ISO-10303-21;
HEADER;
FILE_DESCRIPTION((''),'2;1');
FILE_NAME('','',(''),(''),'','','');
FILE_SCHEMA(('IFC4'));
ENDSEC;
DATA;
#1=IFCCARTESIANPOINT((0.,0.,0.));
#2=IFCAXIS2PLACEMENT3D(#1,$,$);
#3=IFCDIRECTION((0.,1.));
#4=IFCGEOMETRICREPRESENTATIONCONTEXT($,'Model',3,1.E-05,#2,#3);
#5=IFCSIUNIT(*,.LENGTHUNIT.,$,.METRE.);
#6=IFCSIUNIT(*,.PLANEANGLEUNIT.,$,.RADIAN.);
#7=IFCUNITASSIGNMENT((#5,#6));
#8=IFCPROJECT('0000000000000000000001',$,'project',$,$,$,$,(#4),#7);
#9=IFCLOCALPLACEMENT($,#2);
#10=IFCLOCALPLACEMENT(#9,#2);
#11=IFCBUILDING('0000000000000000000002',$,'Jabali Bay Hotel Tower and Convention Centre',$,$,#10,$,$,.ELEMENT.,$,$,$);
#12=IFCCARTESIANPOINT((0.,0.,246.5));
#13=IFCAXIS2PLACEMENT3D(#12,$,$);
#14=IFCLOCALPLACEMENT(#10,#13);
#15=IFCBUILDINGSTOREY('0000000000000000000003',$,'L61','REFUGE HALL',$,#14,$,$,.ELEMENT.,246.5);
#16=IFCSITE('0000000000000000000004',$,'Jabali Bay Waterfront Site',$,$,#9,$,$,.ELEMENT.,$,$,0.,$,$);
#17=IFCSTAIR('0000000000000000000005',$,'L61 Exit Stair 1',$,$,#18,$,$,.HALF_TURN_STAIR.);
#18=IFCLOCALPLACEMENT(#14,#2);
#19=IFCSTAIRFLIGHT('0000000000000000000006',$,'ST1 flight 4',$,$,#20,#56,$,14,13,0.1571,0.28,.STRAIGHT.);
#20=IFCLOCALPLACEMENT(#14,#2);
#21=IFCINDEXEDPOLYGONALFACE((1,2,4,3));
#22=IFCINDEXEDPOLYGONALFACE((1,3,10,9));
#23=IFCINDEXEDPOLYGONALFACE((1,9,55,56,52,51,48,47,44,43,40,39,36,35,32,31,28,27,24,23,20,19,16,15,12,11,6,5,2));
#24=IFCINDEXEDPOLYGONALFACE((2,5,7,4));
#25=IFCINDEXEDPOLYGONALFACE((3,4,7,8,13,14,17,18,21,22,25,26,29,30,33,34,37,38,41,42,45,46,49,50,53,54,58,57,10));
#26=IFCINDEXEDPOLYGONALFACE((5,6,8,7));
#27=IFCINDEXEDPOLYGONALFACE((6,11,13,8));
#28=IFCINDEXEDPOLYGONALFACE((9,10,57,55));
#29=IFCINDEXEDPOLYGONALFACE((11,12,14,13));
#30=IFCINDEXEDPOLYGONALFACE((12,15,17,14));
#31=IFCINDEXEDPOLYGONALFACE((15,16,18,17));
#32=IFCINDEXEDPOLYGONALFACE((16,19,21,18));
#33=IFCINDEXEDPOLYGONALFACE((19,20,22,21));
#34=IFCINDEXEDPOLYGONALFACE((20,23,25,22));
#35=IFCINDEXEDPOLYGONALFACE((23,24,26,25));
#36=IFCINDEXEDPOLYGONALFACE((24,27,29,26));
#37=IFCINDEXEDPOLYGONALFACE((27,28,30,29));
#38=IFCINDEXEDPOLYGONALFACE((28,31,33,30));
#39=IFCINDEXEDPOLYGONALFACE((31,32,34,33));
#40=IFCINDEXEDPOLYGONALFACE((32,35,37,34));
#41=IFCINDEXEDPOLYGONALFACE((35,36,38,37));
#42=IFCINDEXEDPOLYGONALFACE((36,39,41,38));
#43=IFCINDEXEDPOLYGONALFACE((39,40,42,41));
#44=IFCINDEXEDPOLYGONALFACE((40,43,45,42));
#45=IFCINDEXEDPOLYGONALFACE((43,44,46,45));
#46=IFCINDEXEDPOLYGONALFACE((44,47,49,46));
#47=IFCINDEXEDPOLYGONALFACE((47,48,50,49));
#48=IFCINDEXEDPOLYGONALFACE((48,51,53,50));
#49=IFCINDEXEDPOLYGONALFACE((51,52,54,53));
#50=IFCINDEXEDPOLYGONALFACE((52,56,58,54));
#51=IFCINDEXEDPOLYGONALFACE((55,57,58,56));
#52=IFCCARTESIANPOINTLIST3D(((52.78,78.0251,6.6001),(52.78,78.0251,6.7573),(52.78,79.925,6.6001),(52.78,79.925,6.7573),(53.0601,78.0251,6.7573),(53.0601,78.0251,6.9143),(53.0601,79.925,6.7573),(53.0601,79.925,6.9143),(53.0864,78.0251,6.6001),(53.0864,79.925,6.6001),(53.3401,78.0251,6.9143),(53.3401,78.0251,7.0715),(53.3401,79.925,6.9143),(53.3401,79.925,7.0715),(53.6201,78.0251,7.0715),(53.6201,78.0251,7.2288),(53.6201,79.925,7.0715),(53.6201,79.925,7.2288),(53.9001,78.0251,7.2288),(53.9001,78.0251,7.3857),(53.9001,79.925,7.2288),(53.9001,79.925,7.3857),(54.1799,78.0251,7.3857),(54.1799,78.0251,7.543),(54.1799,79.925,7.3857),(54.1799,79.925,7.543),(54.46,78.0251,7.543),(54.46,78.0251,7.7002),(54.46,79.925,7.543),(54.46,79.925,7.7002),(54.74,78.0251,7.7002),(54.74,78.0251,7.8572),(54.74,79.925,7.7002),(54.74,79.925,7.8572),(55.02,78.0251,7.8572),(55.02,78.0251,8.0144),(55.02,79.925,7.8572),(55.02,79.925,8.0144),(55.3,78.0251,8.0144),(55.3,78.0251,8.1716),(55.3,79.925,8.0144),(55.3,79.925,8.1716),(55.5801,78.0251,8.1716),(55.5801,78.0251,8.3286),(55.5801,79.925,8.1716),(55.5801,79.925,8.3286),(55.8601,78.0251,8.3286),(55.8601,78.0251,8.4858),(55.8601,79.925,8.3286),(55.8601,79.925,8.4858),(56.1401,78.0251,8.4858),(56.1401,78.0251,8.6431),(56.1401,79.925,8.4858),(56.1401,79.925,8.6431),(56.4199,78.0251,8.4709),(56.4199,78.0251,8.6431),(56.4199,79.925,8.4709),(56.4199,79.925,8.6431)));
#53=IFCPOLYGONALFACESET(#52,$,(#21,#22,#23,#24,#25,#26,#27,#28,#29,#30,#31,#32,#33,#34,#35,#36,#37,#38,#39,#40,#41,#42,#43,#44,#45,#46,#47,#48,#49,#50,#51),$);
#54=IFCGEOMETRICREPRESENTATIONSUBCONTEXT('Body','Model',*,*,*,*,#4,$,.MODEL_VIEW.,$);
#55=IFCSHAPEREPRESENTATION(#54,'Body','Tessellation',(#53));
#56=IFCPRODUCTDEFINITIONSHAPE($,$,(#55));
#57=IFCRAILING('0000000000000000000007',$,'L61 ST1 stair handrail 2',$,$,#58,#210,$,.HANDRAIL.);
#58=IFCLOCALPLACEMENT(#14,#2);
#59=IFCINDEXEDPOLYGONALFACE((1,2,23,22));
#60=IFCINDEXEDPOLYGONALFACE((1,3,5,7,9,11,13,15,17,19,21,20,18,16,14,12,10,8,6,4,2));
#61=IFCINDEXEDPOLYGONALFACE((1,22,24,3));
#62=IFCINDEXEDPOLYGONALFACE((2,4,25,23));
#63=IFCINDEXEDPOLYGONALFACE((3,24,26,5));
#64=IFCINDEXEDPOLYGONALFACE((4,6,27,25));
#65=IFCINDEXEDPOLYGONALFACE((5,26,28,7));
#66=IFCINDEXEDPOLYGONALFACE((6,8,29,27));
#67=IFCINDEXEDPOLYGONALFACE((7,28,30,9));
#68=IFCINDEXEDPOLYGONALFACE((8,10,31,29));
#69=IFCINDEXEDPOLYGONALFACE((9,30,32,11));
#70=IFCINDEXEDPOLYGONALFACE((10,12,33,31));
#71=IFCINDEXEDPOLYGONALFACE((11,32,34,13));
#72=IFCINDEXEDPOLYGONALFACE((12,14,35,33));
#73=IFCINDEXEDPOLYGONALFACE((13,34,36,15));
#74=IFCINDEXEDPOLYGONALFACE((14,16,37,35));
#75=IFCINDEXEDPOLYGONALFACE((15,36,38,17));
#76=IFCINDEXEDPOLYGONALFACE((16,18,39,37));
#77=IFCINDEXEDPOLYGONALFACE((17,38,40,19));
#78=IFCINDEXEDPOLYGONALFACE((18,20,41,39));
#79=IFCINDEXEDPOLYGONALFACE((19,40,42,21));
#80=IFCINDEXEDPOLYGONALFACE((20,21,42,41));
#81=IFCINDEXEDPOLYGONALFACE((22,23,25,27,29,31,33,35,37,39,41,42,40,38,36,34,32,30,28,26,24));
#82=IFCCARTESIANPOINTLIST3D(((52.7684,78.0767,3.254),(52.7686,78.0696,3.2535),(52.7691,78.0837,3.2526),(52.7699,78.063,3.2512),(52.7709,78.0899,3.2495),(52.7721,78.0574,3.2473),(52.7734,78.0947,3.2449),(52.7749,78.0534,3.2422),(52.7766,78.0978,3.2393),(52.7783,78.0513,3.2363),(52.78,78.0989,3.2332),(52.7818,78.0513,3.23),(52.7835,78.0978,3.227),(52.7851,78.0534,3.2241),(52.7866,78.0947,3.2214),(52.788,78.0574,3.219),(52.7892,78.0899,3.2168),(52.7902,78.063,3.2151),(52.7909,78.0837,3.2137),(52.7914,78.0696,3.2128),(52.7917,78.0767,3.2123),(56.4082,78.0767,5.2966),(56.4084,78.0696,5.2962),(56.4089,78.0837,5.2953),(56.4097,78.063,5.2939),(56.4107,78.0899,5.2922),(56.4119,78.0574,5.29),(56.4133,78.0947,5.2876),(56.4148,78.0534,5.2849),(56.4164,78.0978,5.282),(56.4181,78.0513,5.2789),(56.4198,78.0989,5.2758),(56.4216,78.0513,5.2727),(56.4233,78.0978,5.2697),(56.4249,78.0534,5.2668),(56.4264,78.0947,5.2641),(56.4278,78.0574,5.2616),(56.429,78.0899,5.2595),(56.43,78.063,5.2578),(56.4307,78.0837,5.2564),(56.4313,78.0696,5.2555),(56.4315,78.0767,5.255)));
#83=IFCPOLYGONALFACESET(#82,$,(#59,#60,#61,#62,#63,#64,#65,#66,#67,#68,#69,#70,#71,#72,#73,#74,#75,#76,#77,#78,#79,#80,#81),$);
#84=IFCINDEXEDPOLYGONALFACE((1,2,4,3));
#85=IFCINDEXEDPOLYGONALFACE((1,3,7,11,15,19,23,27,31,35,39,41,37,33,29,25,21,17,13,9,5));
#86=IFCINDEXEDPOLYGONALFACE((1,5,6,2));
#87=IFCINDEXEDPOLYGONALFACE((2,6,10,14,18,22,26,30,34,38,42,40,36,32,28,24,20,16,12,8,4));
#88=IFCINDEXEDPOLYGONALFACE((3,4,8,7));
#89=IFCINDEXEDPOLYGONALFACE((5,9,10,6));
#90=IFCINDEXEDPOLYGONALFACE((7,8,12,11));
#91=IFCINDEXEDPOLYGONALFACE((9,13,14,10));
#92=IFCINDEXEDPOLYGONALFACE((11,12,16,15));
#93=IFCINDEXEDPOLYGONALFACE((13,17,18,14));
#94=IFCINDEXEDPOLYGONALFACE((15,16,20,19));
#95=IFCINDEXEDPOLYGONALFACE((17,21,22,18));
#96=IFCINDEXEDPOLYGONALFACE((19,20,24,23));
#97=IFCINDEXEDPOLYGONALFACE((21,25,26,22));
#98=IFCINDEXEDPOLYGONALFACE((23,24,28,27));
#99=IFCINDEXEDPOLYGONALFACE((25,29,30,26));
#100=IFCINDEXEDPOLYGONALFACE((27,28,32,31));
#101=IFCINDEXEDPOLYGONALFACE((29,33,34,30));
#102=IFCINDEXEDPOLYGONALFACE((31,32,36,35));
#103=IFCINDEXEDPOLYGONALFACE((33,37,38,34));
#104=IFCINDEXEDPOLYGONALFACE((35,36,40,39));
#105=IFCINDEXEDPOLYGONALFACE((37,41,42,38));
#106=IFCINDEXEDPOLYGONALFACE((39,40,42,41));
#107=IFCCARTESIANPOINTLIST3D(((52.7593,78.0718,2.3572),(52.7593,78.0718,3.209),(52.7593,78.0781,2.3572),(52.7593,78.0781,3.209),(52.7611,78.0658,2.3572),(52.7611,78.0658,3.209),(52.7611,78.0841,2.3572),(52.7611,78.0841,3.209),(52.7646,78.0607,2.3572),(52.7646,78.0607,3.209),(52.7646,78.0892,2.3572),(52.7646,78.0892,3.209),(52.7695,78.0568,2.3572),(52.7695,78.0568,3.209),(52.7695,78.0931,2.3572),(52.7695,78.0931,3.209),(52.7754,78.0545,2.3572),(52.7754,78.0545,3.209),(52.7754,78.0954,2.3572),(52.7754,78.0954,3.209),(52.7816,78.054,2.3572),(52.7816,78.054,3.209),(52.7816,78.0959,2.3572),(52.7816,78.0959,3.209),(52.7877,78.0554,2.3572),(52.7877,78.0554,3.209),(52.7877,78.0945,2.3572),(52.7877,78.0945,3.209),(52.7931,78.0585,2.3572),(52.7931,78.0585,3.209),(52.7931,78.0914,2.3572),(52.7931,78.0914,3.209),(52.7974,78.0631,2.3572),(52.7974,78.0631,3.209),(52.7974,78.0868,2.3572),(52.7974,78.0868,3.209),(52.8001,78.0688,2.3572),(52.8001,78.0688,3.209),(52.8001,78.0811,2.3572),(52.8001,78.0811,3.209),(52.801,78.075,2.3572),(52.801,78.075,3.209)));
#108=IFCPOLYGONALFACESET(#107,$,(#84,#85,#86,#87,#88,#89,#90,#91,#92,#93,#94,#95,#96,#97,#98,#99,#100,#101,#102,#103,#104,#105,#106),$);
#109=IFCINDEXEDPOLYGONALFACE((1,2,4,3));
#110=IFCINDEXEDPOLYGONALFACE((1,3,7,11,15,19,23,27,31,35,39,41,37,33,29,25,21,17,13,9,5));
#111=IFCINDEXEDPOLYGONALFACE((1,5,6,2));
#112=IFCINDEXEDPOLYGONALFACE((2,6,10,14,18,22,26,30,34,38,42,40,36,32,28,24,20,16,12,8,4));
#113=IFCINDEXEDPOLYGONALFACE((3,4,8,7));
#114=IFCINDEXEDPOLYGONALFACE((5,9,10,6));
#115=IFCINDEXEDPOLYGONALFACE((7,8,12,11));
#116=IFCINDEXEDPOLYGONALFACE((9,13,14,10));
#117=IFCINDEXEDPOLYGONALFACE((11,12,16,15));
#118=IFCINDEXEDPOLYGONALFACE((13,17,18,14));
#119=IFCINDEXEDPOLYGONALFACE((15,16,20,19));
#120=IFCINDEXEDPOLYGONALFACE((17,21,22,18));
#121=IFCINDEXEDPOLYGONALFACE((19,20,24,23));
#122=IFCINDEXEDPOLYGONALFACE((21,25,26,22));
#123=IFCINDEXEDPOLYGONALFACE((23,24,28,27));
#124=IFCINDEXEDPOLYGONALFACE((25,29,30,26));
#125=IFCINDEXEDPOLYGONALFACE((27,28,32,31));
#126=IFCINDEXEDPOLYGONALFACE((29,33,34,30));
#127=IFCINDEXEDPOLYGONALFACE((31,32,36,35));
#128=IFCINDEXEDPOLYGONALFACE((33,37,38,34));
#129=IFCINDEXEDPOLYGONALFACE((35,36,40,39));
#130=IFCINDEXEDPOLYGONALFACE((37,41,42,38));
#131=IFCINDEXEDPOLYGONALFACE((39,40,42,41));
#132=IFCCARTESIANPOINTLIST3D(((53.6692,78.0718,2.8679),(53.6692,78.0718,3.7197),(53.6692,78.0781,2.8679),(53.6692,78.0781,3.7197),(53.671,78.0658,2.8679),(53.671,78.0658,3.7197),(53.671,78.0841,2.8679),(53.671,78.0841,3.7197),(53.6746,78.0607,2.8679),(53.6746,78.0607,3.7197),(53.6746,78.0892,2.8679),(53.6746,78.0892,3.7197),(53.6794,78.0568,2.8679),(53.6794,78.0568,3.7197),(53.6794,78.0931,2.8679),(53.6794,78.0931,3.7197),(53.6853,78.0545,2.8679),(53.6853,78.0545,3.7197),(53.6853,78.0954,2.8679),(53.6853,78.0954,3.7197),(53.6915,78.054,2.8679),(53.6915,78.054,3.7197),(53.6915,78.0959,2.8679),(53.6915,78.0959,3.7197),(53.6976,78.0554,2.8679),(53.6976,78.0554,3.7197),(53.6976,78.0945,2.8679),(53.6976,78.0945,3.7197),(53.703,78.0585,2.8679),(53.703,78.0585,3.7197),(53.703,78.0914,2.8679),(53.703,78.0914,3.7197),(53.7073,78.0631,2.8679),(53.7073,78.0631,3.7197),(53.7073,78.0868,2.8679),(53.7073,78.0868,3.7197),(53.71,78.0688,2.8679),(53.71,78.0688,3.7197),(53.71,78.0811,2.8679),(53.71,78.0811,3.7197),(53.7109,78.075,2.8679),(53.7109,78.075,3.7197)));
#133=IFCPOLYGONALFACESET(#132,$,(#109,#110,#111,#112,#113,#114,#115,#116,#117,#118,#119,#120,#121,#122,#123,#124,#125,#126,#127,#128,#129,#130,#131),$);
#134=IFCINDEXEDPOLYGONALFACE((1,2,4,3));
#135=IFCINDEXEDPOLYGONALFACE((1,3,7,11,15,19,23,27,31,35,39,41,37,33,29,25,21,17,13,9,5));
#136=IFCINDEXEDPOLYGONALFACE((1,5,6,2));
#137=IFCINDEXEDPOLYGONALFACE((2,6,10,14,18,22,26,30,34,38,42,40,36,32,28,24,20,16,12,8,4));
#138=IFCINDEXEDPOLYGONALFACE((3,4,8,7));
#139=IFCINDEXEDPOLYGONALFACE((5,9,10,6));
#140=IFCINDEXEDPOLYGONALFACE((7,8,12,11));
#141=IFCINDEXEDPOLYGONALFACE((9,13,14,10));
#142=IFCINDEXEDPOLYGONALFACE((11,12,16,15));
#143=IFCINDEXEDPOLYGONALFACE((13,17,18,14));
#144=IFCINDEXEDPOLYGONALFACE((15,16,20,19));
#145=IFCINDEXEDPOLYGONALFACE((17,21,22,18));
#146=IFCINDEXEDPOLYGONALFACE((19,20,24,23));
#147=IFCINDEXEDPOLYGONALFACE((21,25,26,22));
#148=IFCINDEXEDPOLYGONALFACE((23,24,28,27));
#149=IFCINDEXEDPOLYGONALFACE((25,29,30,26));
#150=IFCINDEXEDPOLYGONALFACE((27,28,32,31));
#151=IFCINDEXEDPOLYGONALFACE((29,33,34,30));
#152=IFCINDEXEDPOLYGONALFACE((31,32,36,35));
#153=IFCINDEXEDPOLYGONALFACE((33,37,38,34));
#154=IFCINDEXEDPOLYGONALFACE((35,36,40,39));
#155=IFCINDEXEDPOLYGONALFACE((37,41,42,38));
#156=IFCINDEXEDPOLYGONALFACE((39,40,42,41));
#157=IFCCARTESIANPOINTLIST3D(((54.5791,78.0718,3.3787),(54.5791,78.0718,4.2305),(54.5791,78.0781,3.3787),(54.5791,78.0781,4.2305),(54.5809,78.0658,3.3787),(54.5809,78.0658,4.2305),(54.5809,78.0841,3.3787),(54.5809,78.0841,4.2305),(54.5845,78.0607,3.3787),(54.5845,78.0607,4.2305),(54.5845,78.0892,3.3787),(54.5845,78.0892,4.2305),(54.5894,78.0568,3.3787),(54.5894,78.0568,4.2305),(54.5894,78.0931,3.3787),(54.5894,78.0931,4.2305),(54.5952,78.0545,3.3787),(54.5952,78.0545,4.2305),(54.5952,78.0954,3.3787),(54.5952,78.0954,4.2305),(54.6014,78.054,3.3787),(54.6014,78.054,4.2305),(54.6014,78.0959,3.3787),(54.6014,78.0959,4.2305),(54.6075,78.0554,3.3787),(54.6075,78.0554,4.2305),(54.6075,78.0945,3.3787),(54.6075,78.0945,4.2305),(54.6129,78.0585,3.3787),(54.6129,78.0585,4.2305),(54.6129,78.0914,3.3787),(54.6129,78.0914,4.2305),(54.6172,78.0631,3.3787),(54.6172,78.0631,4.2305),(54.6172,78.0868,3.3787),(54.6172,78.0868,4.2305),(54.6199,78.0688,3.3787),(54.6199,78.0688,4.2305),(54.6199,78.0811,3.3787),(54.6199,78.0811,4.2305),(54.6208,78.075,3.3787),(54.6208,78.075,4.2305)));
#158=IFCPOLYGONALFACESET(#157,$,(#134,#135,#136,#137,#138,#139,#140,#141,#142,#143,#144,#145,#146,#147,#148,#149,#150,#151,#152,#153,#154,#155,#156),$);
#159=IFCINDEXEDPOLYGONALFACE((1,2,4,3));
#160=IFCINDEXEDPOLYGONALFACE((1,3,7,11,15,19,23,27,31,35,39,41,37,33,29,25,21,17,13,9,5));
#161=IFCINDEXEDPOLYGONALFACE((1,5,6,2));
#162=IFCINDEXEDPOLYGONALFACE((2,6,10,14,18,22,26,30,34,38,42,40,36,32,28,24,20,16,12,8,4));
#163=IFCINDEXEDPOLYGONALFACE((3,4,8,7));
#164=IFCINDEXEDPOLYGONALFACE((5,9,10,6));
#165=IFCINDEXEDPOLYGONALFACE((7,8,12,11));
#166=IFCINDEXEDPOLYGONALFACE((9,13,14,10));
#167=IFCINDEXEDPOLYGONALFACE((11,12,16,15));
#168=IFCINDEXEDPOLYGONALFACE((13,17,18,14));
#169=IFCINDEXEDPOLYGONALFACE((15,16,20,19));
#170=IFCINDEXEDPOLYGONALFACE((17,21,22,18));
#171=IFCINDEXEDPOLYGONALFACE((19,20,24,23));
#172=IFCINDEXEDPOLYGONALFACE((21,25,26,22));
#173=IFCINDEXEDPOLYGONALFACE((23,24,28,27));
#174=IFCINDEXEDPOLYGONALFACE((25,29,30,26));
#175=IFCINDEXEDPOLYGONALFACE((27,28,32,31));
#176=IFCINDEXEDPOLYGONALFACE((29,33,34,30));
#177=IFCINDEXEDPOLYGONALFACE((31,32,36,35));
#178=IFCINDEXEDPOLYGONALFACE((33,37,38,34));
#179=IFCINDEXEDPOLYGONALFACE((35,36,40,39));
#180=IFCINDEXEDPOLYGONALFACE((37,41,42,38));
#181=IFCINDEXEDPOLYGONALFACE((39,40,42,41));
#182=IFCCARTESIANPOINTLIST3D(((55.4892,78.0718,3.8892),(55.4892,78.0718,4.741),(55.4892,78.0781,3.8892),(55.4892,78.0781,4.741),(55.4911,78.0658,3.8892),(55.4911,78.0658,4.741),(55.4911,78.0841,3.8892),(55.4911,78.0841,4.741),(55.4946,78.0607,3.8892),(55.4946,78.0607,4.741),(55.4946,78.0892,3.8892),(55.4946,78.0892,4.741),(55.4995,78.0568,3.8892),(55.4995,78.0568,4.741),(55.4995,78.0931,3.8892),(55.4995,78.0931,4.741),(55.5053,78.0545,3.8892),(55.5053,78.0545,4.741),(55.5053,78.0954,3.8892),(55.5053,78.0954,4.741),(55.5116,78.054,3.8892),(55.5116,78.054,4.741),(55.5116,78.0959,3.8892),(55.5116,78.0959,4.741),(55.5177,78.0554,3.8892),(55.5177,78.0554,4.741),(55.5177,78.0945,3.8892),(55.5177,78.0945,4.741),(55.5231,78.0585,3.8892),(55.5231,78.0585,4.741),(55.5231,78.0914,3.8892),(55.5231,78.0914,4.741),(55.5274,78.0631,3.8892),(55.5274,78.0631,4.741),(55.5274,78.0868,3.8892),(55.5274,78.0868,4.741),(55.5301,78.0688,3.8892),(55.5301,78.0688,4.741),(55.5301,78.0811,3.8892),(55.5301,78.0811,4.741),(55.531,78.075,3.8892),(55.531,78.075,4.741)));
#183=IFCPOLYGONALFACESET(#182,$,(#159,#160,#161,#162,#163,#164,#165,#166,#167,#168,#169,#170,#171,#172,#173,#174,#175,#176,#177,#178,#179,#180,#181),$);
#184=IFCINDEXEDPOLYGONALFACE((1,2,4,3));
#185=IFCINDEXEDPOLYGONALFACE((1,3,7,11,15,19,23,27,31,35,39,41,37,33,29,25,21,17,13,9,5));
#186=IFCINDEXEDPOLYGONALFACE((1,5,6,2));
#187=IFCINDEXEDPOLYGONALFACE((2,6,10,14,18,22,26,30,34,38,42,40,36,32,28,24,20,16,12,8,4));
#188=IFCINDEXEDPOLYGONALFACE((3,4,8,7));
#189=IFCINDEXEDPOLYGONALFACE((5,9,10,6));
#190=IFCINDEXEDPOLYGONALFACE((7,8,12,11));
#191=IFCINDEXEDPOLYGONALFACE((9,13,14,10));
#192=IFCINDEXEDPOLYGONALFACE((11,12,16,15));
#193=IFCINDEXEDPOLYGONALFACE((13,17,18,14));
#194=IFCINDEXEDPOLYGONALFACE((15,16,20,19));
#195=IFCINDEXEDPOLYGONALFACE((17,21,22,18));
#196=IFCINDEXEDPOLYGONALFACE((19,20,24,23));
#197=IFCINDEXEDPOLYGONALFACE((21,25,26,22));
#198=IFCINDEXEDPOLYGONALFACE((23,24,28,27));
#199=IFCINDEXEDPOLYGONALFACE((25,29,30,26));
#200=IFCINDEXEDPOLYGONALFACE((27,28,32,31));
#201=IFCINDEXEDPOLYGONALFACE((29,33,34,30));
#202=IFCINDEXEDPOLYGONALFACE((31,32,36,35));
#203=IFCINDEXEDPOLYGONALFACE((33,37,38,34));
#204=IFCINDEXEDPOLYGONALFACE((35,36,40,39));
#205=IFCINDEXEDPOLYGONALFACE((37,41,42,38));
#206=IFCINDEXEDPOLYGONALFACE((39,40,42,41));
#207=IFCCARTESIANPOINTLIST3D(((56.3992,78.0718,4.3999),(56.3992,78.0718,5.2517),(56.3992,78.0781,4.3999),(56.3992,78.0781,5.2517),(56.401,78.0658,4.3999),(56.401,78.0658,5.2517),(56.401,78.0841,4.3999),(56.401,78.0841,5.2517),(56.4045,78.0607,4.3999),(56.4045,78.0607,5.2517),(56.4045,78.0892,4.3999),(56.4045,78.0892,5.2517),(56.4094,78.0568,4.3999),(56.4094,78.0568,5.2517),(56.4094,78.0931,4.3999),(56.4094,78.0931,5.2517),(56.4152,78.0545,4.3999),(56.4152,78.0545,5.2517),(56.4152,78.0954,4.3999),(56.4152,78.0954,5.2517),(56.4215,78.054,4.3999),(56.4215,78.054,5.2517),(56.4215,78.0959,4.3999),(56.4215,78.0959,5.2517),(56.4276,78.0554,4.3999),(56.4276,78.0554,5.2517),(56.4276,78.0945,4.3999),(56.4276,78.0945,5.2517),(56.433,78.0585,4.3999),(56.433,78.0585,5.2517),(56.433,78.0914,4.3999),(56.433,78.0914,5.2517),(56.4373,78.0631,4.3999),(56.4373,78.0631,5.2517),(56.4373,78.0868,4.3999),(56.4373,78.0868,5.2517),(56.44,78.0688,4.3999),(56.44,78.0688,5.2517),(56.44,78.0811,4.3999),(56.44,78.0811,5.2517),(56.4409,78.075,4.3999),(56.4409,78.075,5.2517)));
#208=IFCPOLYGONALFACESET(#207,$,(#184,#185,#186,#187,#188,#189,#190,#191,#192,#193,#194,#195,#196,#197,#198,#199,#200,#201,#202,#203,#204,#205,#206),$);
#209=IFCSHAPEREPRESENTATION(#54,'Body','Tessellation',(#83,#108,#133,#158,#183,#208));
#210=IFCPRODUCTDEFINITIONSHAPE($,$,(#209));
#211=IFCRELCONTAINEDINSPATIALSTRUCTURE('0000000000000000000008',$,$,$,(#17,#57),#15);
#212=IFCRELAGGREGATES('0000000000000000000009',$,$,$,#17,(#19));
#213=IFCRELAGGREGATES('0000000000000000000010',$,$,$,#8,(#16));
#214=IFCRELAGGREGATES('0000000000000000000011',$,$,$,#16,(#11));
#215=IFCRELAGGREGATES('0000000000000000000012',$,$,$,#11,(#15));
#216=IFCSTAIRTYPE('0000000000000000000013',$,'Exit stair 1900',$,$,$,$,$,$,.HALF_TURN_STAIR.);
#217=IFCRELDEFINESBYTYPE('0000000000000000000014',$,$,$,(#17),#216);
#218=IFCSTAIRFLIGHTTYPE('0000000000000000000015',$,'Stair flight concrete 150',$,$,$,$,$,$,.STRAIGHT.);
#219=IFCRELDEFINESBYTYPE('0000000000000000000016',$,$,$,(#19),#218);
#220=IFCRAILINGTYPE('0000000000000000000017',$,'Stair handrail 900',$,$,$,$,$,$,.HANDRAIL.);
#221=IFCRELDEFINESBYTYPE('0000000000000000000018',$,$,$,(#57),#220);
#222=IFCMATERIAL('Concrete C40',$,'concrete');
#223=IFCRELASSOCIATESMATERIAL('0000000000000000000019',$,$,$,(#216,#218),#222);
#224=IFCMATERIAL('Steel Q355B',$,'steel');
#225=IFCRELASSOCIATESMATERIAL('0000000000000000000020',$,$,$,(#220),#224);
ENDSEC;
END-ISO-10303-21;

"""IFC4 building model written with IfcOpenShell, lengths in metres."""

from ifc_helpers import new_model, si_unit, direction, frame, origin, origin_2d, place, context, subcontext, project, spatial, polyline, circle, outline, extrude, material, type_object, element, aggregate, save


model = new_model("IFC4")

# Units and contexts
model_context = context("Model", 3, precision=1e-05, world=origin(), true_north=direction((0.0, 1.0)))
body_context = subcontext(model_context, "Body", "Model", "MODEL_VIEW")
ifc_project = project(units=[si_unit("LENGTHUNIT", "METRE"), si_unit("PLANEANGLEUNIT", "RADIAN")], contexts=[model_context])

# Site, building, storey
site_placement = place(None, origin())
site = spatial("IfcSite", under=ifc_project, at=site_placement, Name="Jabali Bay Waterfront Site", CompositionType="ELEMENT", RefElevation=0.0)
building_placement = place(site_placement, origin())
building = spatial("IfcBuilding", under=site, at=building_placement, Name="Jabali Bay Hotel Tower and Convention Centre", CompositionType="ELEMENT")
storey_placement = place(building_placement, frame((0.0, 0.0, 246.5)))
storey = spatial("IfcBuildingStorey", under=building, at=storey_placement, Name="L61", Description="REFUGE HALL", CompositionType="ELEMENT", Elevation=246.5)

# Shared definitions
ifc_material_1 = material(Name="Concrete C40", Category="concrete")

# Stair
stair_type = type_object("IfcStairType", Name="Exit stair 1900", PredefinedType="HALF_TURN_STAIR", material=ifc_material_1)
stair_1_placement = place(storey_placement, origin())
stair_1 = element("IfcStair", 1, at=stair_1_placement, inside=storey, type_object=stair_type, Name="L61 Exit Stair 1", PredefinedType="HALF_TURN_STAIR")

# Stair flight
stair_flight_type = type_object("IfcStairFlightType", Name="Stair flight concrete 150", PredefinedType="STRAIGHT", material=ifc_material_1)
stair_flight_1_placement = place(storey_placement, frame((52.78, 78.9751, 6.6001), z_axis=(0.0, 0.0, 1.0), x_axis=(1.0, 0.0, 0.0)))
stair_flight_1 = element("IfcStairFlight", 2, at=stair_flight_1_placement, type_object=stair_flight_type, Name="ST1 flight 4", NumberOfRisers=14, NumberOfTreads=13, PredefinedType="STRAIGHT", RiserHeight=0.1571, TreadLength=0.28, context=body_context, shape_type="SweptSolid", body=[
    extrude(outline(polyline([(0.0, 0.0), (0.0, 0.1572), (0.28, 0.1572), (0.28, 0.3142), (0.5601, 0.3142), (0.5601, 0.4714), (0.8401, 0.4714), (0.8401, 0.6287), (1.1201, 0.6287), (1.1201, 0.7856), (1.3999, 0.7856), (1.3999, 0.9429), (1.6799, 0.9429), (1.6799, 1.1001), (1.96, 1.1001), (1.96, 1.2571), (2.24, 1.2571), (2.24, 1.4143), (2.52, 1.4143), (2.52, 1.5715), (2.8, 1.5715), (2.8, 1.7285), (3.0801, 1.7285), (3.0801, 1.8857), (3.3601, 1.8857), (3.3601, 2.043), (3.6399, 2.043), (3.6399, 2.2), (3.6399, 1.8708), (0.3064, 0.0), (0.0, 0.0)])), frame((0.0, 0.95, 0.0), z_axis=(0.0, -1.0, 0.0), x_axis=(1.0, 0.0, 0.0)), (0.0, 0.0, 1.0), 1.8999),
])
aggregate(stair_1, [stair_flight_1])

# Railing
ifc_material_2 = material(Name="Steel Q355B", Category="steel")
railing_type_1 = type_object("IfcRailingType", Name="Stair handrail 900", PredefinedType="HANDRAIL", material=ifc_material_2)
railing_1_placement = place(storey_placement, frame((52.78, 78.075, 2.3572)))
element("IfcRailing", 3, at=railing_1_placement, inside=storey, type_object=railing_type_1, Name="L61 ST1 stair handrail 2", PredefinedType="HANDRAIL", context=body_context, shape_type="SweptSolid", body=[
    extrude(circle(Radius=0.0239, at=origin_2d()), frame((0.0, 0.0, 0.876), z_axis=(0.872058, 0.0, 0.489403), x_axis=(0.0, 1.0, 0.0)), (0.0, 0.0, 1.0), 4.1738),
    extrude(circle(Radius=0.021, at=origin_2d()), origin(), (0.0, 0.0, 1.0), 0.8518),
    extrude(circle(Radius=0.021, at=origin_2d()), frame((0.9099, 0.0, 0.5107)), (0.0, 0.0, 1.0), 0.8518),
    extrude(circle(Radius=0.021, at=origin_2d()), frame((1.8198, 0.0, 1.0215)), (0.0, 0.0, 1.0), 0.8518),
    extrude(circle(Radius=0.021, at=origin_2d()), frame((2.73, 0.0, 1.532)), (0.0, 0.0, 1.0), 0.8518),
    extrude(circle(Radius=0.021, at=origin_2d()), frame((3.6399, 0.0, 2.0427)), (0.0, 0.0, 1.0), 0.8518),
])

save(model, "model.ifc")
